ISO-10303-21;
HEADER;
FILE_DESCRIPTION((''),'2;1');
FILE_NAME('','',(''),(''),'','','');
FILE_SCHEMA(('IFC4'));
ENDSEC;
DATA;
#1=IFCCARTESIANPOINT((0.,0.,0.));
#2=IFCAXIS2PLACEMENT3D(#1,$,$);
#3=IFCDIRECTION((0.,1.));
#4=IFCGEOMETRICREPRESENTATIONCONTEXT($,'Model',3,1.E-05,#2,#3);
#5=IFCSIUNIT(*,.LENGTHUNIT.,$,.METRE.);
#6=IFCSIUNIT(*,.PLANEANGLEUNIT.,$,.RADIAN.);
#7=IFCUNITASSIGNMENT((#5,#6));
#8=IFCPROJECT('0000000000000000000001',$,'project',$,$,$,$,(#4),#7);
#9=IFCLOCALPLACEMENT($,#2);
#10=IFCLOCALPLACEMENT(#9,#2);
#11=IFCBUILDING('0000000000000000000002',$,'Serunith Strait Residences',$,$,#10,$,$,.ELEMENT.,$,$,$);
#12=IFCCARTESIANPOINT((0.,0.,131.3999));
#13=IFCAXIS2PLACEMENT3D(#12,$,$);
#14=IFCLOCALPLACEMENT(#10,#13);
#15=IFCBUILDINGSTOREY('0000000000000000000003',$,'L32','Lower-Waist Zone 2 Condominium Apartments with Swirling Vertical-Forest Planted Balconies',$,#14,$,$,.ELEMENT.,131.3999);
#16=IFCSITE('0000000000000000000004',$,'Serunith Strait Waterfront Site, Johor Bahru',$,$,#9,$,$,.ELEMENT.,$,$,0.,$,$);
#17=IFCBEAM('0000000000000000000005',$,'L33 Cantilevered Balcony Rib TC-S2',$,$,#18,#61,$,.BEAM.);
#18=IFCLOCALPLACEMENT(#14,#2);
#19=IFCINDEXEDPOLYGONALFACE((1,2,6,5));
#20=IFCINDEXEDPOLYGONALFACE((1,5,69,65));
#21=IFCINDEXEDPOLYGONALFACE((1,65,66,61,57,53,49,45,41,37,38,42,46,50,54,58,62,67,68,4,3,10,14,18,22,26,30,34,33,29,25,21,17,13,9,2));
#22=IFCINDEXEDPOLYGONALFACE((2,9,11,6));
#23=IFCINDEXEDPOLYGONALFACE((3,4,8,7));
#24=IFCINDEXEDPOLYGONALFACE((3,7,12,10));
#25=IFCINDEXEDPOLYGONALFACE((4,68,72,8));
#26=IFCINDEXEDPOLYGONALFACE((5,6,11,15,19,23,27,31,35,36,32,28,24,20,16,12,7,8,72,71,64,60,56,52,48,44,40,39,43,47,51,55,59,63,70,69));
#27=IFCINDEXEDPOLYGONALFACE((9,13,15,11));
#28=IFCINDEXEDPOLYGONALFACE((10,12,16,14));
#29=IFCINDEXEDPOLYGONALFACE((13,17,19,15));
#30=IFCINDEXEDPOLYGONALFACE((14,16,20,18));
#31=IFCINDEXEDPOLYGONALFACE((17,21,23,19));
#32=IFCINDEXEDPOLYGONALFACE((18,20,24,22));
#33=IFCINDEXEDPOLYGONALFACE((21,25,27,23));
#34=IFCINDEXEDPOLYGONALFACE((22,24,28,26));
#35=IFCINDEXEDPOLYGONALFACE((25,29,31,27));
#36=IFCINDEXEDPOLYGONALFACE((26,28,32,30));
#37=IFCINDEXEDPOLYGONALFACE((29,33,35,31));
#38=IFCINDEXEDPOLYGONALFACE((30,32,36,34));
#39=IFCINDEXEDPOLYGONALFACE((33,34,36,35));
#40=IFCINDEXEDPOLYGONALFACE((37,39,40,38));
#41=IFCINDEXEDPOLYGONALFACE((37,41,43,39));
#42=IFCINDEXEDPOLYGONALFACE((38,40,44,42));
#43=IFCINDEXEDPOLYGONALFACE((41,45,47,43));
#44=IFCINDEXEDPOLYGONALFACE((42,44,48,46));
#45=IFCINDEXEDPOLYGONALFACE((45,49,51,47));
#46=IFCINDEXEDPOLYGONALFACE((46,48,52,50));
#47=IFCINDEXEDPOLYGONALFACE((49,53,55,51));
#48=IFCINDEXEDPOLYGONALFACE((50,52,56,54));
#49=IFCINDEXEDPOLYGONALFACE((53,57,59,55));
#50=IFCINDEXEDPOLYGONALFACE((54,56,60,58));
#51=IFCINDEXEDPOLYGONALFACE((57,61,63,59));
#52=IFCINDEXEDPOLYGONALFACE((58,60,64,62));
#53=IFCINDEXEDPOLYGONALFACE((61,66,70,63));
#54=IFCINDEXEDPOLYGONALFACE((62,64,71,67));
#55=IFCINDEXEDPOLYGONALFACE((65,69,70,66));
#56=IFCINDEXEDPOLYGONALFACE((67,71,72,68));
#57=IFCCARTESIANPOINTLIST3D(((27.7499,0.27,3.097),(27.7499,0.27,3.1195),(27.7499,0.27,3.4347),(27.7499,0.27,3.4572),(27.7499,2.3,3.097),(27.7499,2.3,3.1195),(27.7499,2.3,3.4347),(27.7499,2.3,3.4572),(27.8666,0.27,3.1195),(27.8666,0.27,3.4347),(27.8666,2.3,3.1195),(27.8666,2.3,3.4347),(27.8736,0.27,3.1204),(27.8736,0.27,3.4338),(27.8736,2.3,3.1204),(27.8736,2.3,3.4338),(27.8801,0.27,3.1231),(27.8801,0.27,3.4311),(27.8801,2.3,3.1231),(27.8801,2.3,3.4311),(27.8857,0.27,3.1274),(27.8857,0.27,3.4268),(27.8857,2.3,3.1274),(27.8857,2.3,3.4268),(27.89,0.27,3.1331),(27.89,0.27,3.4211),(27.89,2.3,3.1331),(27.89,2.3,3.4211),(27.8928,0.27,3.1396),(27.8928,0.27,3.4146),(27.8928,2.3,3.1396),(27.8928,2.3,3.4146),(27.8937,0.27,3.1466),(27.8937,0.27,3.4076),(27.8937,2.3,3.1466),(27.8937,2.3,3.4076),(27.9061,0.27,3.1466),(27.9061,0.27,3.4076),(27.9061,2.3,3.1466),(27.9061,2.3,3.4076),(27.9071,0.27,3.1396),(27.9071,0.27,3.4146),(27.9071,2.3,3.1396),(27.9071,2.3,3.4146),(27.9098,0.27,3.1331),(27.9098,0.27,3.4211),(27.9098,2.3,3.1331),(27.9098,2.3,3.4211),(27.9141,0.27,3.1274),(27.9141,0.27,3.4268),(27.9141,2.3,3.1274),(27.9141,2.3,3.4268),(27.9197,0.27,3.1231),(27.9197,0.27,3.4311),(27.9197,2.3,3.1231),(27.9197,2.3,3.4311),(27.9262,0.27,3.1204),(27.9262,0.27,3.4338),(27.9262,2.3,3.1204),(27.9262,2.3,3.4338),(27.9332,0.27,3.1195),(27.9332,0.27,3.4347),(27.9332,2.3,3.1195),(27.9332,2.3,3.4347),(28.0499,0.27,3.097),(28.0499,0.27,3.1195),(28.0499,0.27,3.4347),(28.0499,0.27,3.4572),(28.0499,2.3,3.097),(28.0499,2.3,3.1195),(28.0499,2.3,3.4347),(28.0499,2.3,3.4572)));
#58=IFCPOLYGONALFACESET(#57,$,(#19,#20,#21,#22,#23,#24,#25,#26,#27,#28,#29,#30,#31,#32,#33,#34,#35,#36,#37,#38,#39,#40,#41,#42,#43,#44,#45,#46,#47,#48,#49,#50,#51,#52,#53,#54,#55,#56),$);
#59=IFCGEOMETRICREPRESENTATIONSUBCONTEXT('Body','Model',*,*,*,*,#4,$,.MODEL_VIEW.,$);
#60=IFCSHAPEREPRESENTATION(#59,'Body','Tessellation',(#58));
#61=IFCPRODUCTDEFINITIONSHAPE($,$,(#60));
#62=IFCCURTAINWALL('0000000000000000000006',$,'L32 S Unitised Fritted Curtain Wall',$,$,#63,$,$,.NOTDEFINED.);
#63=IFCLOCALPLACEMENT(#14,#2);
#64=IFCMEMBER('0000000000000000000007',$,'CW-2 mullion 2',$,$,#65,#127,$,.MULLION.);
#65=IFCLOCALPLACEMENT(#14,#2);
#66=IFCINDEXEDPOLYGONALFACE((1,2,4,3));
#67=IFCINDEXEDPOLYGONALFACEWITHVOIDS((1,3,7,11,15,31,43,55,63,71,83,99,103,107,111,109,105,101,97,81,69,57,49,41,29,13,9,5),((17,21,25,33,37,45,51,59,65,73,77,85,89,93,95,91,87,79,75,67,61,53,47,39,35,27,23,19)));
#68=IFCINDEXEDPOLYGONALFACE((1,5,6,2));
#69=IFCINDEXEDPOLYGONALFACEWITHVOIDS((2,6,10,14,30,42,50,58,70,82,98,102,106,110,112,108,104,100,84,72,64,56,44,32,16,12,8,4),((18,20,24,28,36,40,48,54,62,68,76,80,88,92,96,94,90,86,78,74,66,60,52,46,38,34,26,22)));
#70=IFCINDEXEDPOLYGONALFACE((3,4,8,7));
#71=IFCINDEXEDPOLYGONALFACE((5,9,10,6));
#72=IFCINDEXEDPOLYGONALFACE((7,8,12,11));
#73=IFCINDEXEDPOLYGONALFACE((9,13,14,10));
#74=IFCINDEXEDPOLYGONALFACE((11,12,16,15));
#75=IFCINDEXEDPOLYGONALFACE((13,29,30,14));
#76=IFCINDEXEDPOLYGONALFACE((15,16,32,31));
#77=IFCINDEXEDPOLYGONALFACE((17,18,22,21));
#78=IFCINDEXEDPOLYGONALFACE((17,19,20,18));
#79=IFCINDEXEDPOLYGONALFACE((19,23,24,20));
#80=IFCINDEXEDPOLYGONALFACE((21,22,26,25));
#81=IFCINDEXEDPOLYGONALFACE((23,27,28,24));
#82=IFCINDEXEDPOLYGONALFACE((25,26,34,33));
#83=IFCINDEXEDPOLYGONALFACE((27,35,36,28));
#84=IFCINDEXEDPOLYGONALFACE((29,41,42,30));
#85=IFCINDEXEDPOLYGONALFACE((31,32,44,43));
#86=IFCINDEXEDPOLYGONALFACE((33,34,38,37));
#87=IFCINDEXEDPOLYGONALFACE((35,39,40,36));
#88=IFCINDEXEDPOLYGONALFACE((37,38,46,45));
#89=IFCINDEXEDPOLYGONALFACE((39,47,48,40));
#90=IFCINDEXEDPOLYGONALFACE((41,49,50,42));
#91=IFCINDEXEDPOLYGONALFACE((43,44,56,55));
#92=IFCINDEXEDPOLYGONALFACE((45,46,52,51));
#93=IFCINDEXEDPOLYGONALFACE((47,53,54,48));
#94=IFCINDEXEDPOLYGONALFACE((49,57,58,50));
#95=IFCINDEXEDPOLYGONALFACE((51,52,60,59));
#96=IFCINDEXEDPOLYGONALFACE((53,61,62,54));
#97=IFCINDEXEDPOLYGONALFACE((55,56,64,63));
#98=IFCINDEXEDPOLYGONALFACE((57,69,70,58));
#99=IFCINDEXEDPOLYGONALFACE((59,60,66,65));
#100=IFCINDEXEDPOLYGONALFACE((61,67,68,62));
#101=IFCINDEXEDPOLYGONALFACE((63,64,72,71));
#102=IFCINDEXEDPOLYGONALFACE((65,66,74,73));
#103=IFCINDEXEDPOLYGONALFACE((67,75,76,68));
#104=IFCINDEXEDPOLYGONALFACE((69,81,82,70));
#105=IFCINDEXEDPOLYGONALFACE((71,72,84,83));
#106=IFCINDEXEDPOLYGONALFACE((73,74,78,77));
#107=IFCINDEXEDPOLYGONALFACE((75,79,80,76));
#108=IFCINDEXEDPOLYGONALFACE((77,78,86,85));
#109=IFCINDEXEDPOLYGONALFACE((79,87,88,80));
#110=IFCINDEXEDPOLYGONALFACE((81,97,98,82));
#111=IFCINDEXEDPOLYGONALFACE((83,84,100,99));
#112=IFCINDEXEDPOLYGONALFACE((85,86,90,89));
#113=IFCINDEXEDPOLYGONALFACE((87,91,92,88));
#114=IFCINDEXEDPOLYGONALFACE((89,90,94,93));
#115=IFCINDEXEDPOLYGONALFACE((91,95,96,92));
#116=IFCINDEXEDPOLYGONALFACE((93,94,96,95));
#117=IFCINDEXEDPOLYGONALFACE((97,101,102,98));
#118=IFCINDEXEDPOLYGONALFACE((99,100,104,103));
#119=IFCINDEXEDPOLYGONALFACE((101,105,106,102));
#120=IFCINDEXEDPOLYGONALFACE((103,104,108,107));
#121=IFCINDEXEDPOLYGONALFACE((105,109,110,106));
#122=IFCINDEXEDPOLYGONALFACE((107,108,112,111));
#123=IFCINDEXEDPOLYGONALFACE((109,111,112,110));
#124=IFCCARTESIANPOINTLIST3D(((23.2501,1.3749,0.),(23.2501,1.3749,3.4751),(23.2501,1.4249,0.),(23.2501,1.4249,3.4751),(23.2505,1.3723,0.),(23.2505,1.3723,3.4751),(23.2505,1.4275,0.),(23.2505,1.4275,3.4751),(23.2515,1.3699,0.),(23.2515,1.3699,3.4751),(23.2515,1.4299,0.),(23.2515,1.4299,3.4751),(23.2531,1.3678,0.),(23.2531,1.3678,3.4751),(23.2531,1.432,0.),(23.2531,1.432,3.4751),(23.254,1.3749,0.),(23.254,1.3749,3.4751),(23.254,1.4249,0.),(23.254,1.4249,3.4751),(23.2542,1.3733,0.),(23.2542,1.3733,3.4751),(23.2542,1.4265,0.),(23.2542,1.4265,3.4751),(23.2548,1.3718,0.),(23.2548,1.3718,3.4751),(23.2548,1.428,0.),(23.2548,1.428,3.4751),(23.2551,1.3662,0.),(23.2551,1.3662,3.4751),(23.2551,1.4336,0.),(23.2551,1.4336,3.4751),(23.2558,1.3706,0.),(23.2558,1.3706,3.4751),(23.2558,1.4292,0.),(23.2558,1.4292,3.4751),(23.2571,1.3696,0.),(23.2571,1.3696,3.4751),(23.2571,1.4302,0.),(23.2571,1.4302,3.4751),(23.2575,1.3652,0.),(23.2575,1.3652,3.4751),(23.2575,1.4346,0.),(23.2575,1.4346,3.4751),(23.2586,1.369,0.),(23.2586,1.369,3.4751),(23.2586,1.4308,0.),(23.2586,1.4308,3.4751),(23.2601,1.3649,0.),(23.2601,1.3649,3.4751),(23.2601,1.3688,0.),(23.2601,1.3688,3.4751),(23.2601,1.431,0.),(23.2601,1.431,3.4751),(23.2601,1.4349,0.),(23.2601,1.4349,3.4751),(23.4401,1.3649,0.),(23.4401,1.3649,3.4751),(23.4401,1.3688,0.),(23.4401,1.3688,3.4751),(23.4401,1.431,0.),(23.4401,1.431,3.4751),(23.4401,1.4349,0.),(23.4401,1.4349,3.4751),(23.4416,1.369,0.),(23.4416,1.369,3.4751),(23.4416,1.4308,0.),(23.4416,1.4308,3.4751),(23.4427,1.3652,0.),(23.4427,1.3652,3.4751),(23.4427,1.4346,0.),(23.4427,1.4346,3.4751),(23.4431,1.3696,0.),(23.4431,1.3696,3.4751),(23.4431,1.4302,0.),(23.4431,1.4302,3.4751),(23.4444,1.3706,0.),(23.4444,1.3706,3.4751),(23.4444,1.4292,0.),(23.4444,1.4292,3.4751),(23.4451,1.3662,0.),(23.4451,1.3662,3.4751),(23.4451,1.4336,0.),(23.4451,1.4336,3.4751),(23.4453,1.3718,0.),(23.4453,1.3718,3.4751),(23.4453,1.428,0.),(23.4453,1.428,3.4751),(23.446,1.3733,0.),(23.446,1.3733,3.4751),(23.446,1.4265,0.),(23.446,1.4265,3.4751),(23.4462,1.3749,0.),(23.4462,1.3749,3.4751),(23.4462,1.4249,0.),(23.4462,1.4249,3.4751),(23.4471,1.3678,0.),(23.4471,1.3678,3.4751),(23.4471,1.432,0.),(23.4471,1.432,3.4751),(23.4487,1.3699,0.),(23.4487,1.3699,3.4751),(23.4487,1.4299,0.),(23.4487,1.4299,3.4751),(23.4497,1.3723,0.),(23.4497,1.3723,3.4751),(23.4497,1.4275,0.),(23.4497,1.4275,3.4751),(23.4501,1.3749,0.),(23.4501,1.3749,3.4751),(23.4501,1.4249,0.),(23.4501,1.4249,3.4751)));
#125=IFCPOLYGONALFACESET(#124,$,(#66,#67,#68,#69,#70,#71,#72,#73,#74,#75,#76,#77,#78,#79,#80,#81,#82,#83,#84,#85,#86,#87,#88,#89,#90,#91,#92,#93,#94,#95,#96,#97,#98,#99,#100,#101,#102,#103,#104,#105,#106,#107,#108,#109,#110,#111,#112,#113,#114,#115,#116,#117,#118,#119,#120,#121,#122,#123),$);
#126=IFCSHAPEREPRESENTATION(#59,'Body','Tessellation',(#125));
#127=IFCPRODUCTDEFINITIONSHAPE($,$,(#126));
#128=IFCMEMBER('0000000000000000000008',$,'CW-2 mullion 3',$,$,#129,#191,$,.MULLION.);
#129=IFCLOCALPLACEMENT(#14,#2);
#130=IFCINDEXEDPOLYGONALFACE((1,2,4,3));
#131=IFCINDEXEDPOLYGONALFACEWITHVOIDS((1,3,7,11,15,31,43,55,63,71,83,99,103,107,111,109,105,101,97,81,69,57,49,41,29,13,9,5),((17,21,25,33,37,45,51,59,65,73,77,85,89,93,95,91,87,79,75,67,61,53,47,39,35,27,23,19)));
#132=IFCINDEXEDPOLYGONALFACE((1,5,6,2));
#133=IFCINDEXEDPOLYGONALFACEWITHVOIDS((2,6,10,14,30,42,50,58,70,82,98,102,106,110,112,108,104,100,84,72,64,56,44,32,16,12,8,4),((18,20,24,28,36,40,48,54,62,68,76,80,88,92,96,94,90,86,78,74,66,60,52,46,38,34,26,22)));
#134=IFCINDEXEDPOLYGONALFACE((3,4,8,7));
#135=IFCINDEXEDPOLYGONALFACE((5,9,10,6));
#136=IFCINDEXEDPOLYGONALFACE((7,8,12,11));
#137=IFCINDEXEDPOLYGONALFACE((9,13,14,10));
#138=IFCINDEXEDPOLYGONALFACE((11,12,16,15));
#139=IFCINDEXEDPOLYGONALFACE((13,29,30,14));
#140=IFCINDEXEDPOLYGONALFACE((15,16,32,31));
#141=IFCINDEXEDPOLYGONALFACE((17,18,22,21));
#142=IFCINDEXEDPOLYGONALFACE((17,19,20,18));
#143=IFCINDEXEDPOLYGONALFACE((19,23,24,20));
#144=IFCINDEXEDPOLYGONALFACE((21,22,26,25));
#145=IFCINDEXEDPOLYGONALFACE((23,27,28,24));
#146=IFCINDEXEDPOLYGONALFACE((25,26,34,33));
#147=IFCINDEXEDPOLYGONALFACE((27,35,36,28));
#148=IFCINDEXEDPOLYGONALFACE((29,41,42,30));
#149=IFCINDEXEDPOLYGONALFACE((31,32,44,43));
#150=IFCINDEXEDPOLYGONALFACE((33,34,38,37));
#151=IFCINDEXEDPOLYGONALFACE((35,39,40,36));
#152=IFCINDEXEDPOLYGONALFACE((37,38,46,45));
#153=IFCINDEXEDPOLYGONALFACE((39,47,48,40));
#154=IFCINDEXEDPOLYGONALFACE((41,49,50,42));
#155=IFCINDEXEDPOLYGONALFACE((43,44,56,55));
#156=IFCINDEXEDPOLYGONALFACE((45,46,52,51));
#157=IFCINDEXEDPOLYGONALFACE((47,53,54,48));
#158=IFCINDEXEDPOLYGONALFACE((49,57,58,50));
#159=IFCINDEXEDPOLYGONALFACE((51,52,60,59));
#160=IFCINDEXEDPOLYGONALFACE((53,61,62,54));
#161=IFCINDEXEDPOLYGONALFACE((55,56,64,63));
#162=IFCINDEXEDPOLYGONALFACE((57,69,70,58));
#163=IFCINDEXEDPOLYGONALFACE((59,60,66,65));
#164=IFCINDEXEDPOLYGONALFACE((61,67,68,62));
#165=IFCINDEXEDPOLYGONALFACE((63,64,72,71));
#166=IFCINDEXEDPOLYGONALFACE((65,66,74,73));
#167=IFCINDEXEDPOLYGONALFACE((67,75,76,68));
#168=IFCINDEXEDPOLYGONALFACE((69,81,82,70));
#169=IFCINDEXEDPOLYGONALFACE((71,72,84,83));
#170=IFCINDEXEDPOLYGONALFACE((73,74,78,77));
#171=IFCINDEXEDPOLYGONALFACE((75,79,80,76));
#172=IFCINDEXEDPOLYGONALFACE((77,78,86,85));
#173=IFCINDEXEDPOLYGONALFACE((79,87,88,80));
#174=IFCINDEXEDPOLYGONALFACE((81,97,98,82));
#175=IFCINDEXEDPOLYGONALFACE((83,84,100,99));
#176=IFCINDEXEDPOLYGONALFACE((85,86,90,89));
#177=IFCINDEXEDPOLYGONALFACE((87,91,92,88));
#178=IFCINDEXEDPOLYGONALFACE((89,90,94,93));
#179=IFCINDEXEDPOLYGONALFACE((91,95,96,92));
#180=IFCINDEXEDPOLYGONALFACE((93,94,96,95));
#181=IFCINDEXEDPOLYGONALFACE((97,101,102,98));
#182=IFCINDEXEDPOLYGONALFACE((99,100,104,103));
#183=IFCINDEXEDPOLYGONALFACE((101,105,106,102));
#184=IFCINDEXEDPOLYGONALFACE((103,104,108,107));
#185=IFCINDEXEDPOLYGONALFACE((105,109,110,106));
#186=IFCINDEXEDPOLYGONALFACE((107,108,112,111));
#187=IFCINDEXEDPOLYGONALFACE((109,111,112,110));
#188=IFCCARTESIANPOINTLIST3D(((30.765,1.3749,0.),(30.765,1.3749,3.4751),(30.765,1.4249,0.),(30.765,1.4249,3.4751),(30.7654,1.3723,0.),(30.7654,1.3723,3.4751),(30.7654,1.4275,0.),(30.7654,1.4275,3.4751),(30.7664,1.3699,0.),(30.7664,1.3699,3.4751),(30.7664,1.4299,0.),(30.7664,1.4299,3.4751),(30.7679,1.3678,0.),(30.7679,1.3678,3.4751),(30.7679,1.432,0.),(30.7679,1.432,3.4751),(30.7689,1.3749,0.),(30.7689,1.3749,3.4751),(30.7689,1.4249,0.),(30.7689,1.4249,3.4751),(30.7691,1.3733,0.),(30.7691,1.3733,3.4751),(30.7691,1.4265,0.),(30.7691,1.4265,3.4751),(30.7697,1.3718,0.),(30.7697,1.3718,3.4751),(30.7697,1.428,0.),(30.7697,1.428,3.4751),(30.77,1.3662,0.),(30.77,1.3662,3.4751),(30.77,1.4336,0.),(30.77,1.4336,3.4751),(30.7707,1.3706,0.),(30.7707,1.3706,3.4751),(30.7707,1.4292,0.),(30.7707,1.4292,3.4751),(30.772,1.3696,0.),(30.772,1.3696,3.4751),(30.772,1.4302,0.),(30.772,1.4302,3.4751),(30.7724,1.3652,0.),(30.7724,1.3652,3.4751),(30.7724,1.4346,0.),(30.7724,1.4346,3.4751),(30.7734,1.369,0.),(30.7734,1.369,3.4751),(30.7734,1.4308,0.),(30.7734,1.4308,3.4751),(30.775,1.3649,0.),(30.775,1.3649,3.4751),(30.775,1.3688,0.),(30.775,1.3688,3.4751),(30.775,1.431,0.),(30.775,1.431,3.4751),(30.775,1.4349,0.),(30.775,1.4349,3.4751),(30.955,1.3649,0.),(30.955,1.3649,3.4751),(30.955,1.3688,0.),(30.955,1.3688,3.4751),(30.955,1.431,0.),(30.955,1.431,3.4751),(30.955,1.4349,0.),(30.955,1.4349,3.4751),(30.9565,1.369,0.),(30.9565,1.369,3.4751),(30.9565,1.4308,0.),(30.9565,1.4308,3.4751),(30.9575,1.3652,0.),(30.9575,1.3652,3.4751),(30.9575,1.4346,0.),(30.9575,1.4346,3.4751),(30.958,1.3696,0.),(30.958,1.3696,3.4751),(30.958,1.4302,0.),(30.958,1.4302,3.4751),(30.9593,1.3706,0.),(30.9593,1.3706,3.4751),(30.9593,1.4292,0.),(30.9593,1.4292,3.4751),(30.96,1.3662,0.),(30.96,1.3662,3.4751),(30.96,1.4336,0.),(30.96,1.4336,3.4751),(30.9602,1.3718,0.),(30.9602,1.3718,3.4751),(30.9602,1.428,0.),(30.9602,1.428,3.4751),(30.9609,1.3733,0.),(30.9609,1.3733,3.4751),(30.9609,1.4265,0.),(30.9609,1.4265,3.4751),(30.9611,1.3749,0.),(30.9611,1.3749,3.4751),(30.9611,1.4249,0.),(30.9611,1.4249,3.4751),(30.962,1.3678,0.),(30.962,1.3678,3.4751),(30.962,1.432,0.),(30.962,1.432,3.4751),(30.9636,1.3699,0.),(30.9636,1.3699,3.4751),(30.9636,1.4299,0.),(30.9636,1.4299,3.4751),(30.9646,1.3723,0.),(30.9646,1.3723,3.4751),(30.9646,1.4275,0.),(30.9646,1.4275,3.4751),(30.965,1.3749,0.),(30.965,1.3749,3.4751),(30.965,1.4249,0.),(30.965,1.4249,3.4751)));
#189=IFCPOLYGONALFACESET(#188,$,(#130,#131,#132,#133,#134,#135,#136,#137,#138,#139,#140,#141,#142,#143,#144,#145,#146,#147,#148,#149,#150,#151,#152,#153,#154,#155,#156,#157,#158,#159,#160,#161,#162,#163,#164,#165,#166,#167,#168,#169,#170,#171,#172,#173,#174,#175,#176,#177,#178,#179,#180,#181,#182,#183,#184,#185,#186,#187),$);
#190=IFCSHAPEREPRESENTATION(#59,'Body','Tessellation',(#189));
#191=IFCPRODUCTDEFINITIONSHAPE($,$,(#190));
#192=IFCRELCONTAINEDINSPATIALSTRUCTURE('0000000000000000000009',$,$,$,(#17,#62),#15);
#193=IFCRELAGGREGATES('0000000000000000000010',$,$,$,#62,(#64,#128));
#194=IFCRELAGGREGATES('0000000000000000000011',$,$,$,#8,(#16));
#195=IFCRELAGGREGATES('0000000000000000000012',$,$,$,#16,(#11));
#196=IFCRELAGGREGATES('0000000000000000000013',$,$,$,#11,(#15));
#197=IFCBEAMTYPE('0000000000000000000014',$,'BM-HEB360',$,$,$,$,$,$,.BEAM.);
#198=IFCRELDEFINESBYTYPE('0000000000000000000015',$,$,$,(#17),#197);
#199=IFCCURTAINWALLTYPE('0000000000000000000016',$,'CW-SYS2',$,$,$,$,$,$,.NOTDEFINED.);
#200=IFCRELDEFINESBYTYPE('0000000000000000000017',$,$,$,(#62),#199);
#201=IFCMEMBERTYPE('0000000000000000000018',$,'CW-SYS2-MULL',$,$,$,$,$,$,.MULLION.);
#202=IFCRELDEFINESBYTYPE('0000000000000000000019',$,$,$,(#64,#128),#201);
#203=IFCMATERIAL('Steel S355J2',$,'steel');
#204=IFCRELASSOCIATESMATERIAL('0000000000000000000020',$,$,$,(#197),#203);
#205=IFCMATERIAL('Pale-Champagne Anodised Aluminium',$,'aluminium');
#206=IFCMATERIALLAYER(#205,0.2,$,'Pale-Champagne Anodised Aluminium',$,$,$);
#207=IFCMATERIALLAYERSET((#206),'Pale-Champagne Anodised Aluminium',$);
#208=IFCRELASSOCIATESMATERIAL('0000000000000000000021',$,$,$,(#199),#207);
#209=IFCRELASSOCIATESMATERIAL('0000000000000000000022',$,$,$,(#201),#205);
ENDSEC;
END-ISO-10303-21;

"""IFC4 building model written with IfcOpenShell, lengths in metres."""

from ifc_helpers import new_model, si_unit, direction, frame, origin, origin_2d, place, context, subcontext, project, spatial, hollow_rectangle, i_section, extrude, source, transform, mapped, material, layer, layer_set, material_profile, profile_set, type_object, element, aggregate, save


model = new_model("IFC4")

# Units and contexts
model_context = context("Model", 3, precision=1e-05, world=origin(), true_north=direction((0.0, 1.0)))
body_context = subcontext(model_context, "Body", "Model", "MODEL_VIEW")
ifc_project = project(units=[si_unit("LENGTHUNIT", "METRE"), si_unit("PLANEANGLEUNIT", "RADIAN")], contexts=[model_context])

# Site, building, storey
site_placement = place(None, origin())
site = spatial("IfcSite", under=ifc_project, at=site_placement, Name="Serunith Strait Waterfront Site, Johor Bahru", CompositionType="ELEMENT", RefElevation=0.0)
building_placement = place(site_placement, origin())
building = spatial("IfcBuilding", under=site, at=building_placement, Name="Serunith Strait Residences", CompositionType="ELEMENT")
storey_placement = place(building_placement, frame((0.0, 0.0, 131.3999)))
storey = spatial("IfcBuildingStorey", under=building, at=storey_placement, Name="L32", Description="Lower-Waist Zone 2 Condominium Apartments with Swirling Vertical-Forest Planted Balconies", CompositionType="ELEMENT", Elevation=131.3999)

# Beam
ifc_material_1 = material(Name="Steel S355J2", Category="steel")
ifc_material_profile_1 = material_profile(ifc_material_1, i_section(OverallWidth=0.3, OverallDepth=0.3601, WebThickness=0.0125, FlangeThickness=0.0225, FilletRadius=0.0271, at=origin_2d()), Name="HEB 360")
ifc_profile_set_1 = profile_set([ifc_material_profile_1], Name="Steel S355J2")
beam_type_1 = type_object("IfcBeamType", Name="BM-HEB360", PredefinedType="BEAM", material=ifc_profile_set_1)
shared_shape_1 = source(origin(), body_context, "Body", "SweptSolid", [
    extrude(i_section(OverallWidth=0.3, OverallDepth=0.3601, WebThickness=0.0125, FlangeThickness=0.0225, FilletRadius=0.0271, at=origin_2d()), origin(), (0.0, 0.0, 1.0), 2.03),
])
for number, where, z_axis, x_axis, name in (
    (1, (27.8999, 2.3, 3.2771), (0.0, -1.0, 0.0), (1.0, 0.0, 0.0), "L33 Cantilevered Balcony Rib TC-S2"),
):
    element("IfcBeam", number, at=place(storey_placement, frame(where, z_axis=z_axis, x_axis=x_axis)), inside=storey, type_object=beam_type_1, Name=name, PredefinedType="BEAM", context=body_context, shape_type="MappedRepresentation", body=[
        mapped(shared_shape_1, transform((0.0, 0.0, 0.0), scale=1.0)),
    ])

# Curtain wall, members
ifc_material_2 = material(Name="Pale-Champagne Anodised Aluminium", Category="aluminium")
ifc_layer_1 = layer(ifc_material_2, 0.2, Name="Pale-Champagne Anodised Aluminium")
ifc_layer_set_1 = layer_set([ifc_layer_1], Name="Pale-Champagne Anodised Aluminium")
curtain_wall_type = type_object("IfcCurtainWallType", Name="CW-SYS2", PredefinedType="NOTDEFINED", material=ifc_layer_set_1)
curtain_wall_placement = place(storey_placement, origin())
curtain_wall = element("IfcCurtainWall", 2, at=curtain_wall_placement, inside=storey, type_object=curtain_wall_type, Name="L32 S Unitised Fritted Curtain Wall", PredefinedType="NOTDEFINED")
ifc_material_profile_2 = material_profile(ifc_material_2, hollow_rectangle(XDim=0.0701, YDim=0.2, WallThickness=0.0039, InnerFilletRadius=0.0061, OuterFilletRadius=0.01, at=origin_2d()), Name="ALU 200x70x4")
ifc_profile_set_2 = profile_set([ifc_material_profile_2], Name="Pale-Champagne Anodised Aluminium")
member_type_1 = type_object("IfcMemberType", Name="CW-SYS2-MULL", PredefinedType="MULLION", material=ifc_profile_set_2)
shared_shape_2 = source(origin(), body_context, "Body", "SweptSolid", [
    extrude(hollow_rectangle(XDim=0.0701, YDim=0.2, WallThickness=0.0039, InnerFilletRadius=0.0061, OuterFilletRadius=0.01, at=origin_2d()), origin(), (0.0, 0.0, 1.0), 3.4751),
])
member_1_placement = place(storey_placement, frame((23.3501, 1.3999, 0.0), z_axis=(0.0, 0.0, 1.0), x_axis=(0.0, 1.0, 0.0)))
member_1 = element("IfcMember", 3, at=member_1_placement, type_object=member_type_1, Name="CW-2 mullion 2", PredefinedType="MULLION", context=body_context, shape_type="MappedRepresentation", body=[
    mapped(shared_shape_2, transform((0.0, 0.0, 0.0), scale=1.0)),
])
member_2_placement = place(storey_placement, frame((30.865, 1.3999, 0.0), z_axis=(0.0, 0.0, 1.0), x_axis=(0.0, 1.0, 0.0)))
member_2 = element("IfcMember", 4, at=member_2_placement, type_object=member_type_1, Name="CW-2 mullion 3", PredefinedType="MULLION", context=body_context, shape_type="MappedRepresentation", body=[
    mapped(shared_shape_2, transform((0.0, 0.0, 0.0), scale=1.0)),
])
aggregate(curtain_wall, [member_1, member_2])

save(model, "model.ifc")
